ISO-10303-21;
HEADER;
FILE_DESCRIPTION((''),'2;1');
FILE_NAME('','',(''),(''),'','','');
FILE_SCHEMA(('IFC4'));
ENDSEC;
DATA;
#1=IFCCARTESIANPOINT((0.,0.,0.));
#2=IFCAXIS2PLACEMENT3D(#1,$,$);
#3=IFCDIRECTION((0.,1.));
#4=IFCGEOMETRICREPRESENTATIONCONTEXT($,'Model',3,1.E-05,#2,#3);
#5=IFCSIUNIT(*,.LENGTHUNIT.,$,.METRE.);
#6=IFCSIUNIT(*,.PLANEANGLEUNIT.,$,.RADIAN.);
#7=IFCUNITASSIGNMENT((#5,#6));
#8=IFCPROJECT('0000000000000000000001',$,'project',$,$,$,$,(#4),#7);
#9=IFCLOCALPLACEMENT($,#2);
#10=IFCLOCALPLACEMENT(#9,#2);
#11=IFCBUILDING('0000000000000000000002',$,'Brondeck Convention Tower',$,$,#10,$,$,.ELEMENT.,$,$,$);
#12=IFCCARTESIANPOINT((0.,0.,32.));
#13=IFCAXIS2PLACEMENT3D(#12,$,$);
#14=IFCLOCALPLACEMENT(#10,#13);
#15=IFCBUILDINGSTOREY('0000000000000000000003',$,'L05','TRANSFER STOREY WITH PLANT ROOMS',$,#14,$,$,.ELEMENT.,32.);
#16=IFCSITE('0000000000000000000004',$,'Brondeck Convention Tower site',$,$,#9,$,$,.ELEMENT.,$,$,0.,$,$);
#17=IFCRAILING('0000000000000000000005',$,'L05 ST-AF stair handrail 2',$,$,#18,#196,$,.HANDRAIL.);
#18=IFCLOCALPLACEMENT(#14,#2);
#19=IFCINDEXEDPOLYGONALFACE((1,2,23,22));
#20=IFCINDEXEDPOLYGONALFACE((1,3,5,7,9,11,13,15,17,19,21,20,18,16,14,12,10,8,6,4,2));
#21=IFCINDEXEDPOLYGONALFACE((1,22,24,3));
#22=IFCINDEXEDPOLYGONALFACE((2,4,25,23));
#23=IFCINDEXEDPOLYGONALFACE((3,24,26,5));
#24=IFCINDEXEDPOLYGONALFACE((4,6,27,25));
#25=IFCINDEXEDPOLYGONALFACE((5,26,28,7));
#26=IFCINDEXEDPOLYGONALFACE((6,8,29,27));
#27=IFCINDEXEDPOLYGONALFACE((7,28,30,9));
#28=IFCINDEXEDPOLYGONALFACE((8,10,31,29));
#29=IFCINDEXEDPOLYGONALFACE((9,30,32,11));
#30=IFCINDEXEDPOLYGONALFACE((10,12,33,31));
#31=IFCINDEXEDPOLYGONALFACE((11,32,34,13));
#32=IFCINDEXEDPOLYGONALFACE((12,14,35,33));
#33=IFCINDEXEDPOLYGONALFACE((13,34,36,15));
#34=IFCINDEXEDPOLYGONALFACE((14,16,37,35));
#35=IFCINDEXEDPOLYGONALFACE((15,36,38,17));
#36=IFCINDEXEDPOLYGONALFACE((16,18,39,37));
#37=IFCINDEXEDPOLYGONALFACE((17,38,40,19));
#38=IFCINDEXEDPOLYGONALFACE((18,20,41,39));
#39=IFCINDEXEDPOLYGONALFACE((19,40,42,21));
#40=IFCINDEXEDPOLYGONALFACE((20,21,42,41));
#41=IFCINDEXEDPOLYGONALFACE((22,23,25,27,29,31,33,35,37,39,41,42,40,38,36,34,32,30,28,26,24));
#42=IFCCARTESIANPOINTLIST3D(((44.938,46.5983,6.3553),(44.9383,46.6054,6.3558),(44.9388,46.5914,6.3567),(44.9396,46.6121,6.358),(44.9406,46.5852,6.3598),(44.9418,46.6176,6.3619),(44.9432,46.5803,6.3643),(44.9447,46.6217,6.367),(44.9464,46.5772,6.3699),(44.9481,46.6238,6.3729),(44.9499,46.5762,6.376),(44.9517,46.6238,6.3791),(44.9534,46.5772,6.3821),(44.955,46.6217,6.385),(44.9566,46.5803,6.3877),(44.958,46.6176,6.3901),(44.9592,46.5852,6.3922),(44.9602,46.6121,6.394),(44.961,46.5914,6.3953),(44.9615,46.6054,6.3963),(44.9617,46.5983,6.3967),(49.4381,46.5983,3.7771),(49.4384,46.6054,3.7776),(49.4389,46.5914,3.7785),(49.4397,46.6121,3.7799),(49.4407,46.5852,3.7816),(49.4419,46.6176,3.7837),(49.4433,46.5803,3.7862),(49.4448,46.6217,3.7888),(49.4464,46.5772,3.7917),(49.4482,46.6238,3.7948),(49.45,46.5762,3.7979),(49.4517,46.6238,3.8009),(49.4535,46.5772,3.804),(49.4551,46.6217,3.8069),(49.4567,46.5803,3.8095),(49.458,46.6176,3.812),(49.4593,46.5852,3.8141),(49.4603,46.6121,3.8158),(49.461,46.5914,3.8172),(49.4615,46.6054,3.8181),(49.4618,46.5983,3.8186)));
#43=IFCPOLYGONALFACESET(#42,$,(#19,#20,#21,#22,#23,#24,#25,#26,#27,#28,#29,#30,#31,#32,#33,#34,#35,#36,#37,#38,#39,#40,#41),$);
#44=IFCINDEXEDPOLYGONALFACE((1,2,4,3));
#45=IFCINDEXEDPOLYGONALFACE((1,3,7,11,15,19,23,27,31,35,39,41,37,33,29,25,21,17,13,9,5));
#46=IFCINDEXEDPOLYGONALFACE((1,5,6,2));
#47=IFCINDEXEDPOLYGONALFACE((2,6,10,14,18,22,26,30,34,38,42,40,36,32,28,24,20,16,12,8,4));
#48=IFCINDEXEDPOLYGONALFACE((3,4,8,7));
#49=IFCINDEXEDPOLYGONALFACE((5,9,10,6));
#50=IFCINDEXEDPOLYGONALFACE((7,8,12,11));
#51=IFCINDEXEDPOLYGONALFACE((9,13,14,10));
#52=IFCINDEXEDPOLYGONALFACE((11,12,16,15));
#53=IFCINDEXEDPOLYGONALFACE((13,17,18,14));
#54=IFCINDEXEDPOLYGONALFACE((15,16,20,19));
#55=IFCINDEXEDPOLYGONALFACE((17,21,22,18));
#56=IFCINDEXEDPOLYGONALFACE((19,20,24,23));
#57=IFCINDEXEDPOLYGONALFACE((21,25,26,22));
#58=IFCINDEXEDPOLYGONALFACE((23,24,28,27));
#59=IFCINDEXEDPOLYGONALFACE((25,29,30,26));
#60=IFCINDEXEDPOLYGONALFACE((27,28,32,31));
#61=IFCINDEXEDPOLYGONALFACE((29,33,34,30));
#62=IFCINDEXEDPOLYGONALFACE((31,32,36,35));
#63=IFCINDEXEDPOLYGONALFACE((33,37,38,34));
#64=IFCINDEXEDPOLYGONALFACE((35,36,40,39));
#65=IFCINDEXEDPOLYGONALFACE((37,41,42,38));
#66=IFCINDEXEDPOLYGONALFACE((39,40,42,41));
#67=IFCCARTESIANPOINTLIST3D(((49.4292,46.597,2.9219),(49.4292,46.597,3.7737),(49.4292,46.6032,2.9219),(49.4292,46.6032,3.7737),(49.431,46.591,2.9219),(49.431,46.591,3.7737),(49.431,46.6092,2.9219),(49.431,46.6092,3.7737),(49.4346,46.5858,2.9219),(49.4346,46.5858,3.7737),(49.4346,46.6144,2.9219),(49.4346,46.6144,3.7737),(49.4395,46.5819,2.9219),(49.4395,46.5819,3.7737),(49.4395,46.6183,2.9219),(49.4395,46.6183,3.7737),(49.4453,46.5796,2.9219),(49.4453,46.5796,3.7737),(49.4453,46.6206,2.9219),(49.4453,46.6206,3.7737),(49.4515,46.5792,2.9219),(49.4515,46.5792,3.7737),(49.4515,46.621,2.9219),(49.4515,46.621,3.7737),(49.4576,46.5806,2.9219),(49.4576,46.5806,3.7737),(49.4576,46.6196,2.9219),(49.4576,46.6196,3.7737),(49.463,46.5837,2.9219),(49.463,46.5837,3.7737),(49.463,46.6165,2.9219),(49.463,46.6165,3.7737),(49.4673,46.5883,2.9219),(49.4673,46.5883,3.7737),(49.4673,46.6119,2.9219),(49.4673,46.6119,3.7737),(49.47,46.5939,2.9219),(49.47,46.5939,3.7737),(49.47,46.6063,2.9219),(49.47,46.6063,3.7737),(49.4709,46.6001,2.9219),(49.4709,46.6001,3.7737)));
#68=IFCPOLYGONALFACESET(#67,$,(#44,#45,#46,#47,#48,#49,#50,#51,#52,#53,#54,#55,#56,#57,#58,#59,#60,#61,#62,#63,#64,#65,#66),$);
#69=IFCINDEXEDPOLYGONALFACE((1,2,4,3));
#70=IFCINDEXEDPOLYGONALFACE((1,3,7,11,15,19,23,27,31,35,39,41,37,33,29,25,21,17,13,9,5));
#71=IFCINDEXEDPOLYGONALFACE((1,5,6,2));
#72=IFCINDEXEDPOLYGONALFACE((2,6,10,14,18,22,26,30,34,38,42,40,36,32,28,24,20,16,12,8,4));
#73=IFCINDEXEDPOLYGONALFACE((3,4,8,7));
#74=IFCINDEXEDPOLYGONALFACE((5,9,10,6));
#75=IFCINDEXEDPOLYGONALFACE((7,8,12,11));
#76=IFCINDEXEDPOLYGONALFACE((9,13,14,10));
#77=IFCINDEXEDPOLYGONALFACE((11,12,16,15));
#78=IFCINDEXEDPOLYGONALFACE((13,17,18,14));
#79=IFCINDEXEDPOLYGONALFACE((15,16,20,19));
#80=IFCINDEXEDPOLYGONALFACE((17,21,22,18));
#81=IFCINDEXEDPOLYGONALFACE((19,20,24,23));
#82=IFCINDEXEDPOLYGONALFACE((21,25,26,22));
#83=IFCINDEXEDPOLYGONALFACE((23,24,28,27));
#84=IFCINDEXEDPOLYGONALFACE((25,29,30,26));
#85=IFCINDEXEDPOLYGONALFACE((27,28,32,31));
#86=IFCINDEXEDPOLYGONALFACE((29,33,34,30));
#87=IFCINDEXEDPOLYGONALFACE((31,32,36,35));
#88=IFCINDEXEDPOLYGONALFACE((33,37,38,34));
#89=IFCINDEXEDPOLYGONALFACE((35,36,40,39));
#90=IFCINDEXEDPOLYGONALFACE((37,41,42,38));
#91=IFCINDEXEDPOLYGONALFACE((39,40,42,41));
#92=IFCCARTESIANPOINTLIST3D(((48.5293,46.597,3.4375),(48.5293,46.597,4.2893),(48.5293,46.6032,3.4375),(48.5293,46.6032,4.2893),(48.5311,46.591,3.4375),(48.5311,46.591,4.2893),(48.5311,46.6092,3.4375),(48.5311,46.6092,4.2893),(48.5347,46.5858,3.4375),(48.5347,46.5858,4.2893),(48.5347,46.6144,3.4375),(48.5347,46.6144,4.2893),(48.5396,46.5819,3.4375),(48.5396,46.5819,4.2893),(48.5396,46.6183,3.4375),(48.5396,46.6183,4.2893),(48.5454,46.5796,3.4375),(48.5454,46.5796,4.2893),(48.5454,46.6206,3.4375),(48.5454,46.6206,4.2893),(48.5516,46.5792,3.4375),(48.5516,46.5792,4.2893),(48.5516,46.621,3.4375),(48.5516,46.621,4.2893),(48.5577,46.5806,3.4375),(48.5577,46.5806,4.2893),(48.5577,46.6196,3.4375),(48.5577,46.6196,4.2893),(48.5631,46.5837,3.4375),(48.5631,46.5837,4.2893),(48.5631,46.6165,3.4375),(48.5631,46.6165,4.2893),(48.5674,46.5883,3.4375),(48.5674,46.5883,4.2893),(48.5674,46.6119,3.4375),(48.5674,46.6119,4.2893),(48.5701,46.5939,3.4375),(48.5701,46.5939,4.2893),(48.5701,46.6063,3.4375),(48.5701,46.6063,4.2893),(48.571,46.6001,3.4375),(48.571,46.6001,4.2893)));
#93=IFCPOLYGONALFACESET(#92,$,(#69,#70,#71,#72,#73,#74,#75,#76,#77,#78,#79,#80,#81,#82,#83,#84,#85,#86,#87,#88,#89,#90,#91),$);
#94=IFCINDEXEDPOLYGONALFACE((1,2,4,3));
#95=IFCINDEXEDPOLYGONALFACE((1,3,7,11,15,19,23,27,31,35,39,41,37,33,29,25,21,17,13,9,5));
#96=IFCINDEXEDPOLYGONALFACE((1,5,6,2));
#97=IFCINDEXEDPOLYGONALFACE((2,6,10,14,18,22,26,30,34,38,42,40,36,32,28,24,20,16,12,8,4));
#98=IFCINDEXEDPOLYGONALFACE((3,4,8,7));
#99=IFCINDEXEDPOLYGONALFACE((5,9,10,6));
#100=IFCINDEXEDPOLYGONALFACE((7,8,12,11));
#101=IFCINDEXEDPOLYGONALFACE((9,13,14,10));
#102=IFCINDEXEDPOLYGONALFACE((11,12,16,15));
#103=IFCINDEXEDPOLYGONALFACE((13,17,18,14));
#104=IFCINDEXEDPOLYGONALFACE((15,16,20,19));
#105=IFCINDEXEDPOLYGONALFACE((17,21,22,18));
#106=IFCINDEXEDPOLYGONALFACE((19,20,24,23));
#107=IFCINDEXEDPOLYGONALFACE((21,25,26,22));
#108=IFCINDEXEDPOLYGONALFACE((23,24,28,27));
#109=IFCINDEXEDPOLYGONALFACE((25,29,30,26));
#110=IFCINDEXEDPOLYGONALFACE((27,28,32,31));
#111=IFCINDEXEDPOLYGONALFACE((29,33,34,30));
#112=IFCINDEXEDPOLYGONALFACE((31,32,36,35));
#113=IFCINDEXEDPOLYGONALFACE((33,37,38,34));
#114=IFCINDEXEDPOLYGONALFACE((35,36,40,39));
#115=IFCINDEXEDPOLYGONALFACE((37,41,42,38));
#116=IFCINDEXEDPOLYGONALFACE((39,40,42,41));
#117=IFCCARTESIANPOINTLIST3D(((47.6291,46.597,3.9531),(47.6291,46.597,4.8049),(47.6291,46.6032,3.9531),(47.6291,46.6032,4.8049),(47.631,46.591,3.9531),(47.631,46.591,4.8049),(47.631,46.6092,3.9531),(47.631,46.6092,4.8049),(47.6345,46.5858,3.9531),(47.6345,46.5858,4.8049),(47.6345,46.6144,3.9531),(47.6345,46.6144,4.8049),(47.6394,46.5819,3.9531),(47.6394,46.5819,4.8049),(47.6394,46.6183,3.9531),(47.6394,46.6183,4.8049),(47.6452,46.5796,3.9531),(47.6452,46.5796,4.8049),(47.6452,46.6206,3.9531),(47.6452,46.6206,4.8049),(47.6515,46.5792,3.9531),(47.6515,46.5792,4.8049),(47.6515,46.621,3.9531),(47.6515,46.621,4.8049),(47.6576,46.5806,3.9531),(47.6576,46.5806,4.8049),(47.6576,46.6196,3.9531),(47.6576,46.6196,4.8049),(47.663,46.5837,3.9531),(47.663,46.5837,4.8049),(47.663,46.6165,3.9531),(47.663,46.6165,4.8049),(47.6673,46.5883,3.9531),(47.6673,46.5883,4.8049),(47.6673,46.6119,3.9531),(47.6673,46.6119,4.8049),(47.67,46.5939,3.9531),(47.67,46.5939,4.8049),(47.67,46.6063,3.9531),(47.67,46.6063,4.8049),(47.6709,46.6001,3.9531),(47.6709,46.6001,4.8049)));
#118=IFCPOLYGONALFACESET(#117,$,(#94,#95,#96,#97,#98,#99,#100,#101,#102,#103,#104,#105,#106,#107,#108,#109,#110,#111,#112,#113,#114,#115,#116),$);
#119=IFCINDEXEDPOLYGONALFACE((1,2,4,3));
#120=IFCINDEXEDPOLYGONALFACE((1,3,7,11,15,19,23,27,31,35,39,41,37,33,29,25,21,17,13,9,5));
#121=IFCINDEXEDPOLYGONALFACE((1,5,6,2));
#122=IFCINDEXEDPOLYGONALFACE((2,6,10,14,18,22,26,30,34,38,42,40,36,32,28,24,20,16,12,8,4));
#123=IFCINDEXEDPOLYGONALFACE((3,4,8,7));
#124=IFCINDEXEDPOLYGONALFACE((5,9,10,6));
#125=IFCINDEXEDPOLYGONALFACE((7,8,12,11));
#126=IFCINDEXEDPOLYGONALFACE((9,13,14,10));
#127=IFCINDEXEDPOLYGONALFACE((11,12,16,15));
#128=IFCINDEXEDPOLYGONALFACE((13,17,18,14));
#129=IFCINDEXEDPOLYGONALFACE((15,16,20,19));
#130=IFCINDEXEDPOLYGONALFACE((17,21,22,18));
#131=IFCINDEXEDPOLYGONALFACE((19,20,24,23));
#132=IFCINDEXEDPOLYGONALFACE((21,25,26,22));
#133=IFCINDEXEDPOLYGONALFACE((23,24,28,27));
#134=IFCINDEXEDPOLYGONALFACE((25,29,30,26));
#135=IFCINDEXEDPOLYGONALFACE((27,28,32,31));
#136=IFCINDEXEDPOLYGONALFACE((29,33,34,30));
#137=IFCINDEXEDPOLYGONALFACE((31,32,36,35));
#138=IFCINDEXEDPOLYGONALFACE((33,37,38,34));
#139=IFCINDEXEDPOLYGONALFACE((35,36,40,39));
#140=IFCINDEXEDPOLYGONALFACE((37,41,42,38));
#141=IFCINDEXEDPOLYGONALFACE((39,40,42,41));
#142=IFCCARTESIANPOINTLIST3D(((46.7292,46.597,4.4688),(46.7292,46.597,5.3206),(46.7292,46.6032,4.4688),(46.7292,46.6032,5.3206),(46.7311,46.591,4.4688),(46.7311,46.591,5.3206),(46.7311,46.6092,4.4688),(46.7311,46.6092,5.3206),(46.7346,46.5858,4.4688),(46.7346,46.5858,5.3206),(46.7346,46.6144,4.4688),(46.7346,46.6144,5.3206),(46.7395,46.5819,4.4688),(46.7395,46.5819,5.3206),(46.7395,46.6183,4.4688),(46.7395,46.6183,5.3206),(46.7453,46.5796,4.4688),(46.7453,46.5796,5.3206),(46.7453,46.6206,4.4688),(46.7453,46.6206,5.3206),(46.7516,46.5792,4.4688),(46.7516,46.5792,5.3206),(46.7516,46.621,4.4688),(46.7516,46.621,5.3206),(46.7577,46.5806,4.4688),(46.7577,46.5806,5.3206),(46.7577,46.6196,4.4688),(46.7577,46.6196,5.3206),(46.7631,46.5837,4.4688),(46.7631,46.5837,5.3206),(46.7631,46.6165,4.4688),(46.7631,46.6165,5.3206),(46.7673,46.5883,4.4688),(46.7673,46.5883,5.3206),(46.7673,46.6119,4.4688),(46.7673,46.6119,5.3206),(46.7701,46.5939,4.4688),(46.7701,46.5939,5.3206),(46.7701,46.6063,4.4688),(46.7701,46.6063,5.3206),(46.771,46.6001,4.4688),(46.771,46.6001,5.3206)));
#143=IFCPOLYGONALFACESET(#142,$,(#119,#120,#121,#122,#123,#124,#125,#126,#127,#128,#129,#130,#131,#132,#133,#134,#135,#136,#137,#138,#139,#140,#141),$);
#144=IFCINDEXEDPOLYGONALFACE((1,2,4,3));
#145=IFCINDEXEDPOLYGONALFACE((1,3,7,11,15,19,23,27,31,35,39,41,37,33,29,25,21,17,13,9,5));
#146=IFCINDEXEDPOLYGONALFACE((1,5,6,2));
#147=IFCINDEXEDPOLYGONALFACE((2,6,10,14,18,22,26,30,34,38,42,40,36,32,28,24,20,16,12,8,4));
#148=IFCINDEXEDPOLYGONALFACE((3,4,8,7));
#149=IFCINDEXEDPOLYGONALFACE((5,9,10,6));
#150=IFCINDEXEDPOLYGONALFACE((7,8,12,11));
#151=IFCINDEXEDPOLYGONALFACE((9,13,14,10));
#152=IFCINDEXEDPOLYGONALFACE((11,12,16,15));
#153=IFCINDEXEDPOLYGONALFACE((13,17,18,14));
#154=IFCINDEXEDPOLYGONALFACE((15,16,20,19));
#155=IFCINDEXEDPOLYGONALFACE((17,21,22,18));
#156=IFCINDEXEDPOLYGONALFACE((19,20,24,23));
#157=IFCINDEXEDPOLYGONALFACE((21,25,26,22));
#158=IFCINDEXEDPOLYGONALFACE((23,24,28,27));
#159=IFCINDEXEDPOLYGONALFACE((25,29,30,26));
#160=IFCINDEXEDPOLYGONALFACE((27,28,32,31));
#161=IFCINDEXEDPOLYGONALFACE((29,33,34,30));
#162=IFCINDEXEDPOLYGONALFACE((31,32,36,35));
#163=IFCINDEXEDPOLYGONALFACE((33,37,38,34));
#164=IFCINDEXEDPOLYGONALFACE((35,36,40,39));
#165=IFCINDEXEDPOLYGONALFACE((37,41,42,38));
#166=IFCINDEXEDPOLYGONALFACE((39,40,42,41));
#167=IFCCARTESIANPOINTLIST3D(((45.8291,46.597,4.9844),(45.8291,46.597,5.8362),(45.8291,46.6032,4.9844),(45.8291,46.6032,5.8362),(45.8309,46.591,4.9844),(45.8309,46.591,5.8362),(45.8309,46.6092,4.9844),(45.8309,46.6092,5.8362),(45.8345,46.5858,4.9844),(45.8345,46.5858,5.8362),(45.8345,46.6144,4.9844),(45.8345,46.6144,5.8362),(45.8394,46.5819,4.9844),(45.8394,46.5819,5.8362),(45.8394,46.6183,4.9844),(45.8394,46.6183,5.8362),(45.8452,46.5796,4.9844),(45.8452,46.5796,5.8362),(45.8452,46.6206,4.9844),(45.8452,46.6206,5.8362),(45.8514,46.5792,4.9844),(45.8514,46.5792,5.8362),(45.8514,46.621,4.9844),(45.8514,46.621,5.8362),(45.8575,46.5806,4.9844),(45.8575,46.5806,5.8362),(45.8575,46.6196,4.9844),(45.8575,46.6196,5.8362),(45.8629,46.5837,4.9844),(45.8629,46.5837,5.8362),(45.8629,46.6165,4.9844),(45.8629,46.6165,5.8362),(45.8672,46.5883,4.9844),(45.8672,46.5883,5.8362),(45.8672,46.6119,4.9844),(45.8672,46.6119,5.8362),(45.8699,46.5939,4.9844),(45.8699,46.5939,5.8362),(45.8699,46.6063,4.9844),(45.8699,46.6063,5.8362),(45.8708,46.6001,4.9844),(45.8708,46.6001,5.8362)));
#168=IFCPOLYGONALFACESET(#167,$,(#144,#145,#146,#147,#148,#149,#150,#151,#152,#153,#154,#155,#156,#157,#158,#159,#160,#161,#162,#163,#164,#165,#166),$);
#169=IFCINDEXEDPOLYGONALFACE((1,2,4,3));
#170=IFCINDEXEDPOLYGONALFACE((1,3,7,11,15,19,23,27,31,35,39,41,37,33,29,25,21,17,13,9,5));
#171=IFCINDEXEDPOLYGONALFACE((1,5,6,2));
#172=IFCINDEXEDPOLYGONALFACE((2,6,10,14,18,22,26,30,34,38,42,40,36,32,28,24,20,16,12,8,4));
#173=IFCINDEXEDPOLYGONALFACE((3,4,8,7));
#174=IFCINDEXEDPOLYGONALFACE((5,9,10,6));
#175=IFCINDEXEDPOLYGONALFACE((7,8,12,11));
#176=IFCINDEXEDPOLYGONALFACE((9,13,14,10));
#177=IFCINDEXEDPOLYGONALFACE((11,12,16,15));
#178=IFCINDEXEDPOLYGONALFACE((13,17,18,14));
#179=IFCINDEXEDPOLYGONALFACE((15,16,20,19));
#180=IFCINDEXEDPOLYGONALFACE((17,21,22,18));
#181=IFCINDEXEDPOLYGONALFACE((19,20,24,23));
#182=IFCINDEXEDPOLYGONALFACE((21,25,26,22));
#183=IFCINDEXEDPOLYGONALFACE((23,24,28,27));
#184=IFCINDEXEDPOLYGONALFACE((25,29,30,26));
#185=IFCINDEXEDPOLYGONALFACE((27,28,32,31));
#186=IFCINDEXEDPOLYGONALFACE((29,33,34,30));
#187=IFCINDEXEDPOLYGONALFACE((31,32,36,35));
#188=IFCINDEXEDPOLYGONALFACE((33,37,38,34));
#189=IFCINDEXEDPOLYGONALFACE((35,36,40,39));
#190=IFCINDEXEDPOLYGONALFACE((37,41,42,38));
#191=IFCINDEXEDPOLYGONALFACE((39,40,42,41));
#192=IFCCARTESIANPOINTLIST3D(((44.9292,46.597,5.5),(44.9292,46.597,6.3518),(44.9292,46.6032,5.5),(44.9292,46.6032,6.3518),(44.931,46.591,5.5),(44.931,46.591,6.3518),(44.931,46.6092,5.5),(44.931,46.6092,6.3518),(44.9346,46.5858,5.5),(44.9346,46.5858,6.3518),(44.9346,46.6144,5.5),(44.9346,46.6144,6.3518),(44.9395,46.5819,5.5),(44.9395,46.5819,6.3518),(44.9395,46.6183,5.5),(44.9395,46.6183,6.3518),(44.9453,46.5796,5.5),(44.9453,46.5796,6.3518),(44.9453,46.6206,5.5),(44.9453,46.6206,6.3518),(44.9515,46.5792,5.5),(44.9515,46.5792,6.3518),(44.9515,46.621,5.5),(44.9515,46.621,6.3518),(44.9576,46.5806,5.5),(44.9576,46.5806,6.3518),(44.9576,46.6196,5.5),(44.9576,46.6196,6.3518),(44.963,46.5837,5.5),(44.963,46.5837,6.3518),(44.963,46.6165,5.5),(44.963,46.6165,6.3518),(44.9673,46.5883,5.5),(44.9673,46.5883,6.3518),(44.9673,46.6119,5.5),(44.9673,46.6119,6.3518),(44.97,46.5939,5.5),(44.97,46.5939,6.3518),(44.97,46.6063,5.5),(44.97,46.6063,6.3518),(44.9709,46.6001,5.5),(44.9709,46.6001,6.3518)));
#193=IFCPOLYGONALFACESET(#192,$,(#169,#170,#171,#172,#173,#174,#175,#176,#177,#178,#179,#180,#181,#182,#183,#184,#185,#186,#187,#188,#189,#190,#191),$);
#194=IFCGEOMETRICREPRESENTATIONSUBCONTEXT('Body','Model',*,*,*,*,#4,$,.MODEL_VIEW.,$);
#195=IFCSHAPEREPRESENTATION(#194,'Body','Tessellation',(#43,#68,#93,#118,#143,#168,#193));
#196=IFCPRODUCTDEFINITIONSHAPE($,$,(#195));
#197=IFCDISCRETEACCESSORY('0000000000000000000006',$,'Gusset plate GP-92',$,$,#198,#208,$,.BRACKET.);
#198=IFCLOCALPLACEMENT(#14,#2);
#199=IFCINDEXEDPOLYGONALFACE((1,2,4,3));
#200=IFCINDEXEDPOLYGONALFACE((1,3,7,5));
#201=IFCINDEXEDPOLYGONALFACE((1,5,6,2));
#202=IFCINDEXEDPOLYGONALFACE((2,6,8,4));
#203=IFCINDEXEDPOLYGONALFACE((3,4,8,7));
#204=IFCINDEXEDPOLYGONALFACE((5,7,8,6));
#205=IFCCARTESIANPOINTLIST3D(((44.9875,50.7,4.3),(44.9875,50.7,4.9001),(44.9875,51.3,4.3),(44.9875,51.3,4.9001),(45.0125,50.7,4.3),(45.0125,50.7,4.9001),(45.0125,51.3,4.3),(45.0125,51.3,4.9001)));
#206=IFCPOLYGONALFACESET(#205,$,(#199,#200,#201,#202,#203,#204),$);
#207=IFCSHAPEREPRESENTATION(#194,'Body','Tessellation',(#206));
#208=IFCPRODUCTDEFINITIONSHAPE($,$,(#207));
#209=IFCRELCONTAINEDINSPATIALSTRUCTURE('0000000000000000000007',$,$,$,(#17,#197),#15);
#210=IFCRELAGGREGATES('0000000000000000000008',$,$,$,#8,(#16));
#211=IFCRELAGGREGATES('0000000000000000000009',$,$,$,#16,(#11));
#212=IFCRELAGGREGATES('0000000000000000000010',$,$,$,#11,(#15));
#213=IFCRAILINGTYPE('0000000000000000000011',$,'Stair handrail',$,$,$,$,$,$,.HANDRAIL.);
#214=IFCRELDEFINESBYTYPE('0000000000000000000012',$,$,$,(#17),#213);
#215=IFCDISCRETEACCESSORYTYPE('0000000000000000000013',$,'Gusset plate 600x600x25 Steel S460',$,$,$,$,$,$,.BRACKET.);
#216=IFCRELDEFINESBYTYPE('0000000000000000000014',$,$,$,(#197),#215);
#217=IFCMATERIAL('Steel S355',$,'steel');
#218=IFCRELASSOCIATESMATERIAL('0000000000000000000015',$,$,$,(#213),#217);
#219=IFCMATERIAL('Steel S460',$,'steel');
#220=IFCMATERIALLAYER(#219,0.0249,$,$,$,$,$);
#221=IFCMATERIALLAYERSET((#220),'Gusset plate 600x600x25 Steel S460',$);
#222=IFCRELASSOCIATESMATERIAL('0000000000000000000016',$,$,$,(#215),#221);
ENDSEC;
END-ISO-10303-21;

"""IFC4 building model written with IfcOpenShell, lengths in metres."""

from ifc_helpers import new_model, si_unit, direction, frame, origin, origin_2d, place, context, subcontext, project, spatial, rectangle, circle, extrude, material, layer, layer_set, type_object, element, save


model = new_model("IFC4")

# Units and contexts
model_context = context("Model", 3, precision=1e-05, world=origin(), true_north=direction((0.0, 1.0)))
body_context = subcontext(model_context, "Body", "Model", "MODEL_VIEW")
ifc_project = project(units=[si_unit("LENGTHUNIT", "METRE"), si_unit("PLANEANGLEUNIT", "RADIAN")], contexts=[model_context])

# Site, building, storey
site_placement = place(None, origin())
site = spatial("IfcSite", under=ifc_project, at=site_placement, Name="Brondeck Convention Tower site", CompositionType="ELEMENT", RefElevation=0.0)
building_placement = place(site_placement, origin())
building = spatial("IfcBuilding", under=site, at=building_placement, Name="Brondeck Convention Tower", CompositionType="ELEMENT")
storey_placement = place(building_placement, frame((0.0, 0.0, 32.0)))
storey = spatial("IfcBuildingStorey", under=building, at=storey_placement, Name="L05", Description="TRANSFER STOREY WITH PLANT ROOMS", CompositionType="ELEMENT", Elevation=32.0)

# Shared definitions
ifc_material_1 = material(Name="Steel S460", Category="steel")

# Shared definitions
ifc_material_2 = material(Name="Steel S355", Category="steel")

# Railing
railing_type_1 = type_object("IfcRailingType", Name="Stair handrail", PredefinedType="HANDRAIL", material=ifc_material_2)
railing_1_placement = place(storey_placement, frame((49.45, 46.6001, 2.9219)))
element("IfcRailing", 1, at=railing_1_placement, inside=storey, type_object=railing_type_1, Name="L05 ST-AF stair handrail 2", PredefinedType="HANDRAIL", context=body_context, shape_type="SweptSolid", body=[
    extrude(circle(Radius=0.0239, at=origin_2d()), frame((0.0, 0.0, 0.876), z_axis=(-0.867686, 0.0, 0.497112), x_axis=(0.0, -1.0, 0.0)), (0.0, 0.0, 1.0), 5.1863),
    extrude(circle(Radius=0.021, at=origin_2d()), origin(), (0.0, 0.0, 1.0), 0.8518),
    extrude(circle(Radius=0.021, at=origin_2d()), frame((-0.8999, 0.0, 0.5156)), (0.0, 0.0, 1.0), 0.8518),
    extrude(circle(Radius=0.021, at=origin_2d()), frame((-1.8, 0.0, 1.0312)), (0.0, 0.0, 1.0), 0.8518),
    extrude(circle(Radius=0.021, at=origin_2d()), frame((-2.7, 0.0, 1.5469)), (0.0, 0.0, 1.0), 0.8518),
    extrude(circle(Radius=0.021, at=origin_2d()), frame((-3.6001, 0.0, 2.0625)), (0.0, 0.0, 1.0), 0.8518),
    extrude(circle(Radius=0.021, at=origin_2d()), frame((-4.5, 0.0, 2.5781)), (0.0, 0.0, 1.0), 0.8518),
])

# Discrete accessory
ifc_layer_1 = layer(ifc_material_1, 0.0249)
ifc_layer_set_1 = layer_set([ifc_layer_1], Name="Gusset plate 600x600x25 Steel S460")
discrete_accessory_type = type_object("IfcDiscreteAccessoryType", Name="Gusset plate 600x600x25 Steel S460", PredefinedType="BRACKET", material=ifc_layer_set_1)
discrete_accessory_placement = place(storey_placement, frame((45.0, 51.0, 4.3), z_axis=(0.0, 0.0, 1.0), x_axis=(0.0, 1.0, 0.0)))
element("IfcDiscreteAccessory", 2, at=discrete_accessory_placement, inside=storey, type_object=discrete_accessory_type, Name="Gusset plate GP-92", PredefinedType="BRACKET", context=body_context, shape_type="SweptSolid", body=[
    extrude(rectangle(XDim=0.6001, YDim=0.0249, at=origin_2d()), origin(), (0.0, 0.0, 1.0), 0.6001),
])

save(model, "model.ifc")
